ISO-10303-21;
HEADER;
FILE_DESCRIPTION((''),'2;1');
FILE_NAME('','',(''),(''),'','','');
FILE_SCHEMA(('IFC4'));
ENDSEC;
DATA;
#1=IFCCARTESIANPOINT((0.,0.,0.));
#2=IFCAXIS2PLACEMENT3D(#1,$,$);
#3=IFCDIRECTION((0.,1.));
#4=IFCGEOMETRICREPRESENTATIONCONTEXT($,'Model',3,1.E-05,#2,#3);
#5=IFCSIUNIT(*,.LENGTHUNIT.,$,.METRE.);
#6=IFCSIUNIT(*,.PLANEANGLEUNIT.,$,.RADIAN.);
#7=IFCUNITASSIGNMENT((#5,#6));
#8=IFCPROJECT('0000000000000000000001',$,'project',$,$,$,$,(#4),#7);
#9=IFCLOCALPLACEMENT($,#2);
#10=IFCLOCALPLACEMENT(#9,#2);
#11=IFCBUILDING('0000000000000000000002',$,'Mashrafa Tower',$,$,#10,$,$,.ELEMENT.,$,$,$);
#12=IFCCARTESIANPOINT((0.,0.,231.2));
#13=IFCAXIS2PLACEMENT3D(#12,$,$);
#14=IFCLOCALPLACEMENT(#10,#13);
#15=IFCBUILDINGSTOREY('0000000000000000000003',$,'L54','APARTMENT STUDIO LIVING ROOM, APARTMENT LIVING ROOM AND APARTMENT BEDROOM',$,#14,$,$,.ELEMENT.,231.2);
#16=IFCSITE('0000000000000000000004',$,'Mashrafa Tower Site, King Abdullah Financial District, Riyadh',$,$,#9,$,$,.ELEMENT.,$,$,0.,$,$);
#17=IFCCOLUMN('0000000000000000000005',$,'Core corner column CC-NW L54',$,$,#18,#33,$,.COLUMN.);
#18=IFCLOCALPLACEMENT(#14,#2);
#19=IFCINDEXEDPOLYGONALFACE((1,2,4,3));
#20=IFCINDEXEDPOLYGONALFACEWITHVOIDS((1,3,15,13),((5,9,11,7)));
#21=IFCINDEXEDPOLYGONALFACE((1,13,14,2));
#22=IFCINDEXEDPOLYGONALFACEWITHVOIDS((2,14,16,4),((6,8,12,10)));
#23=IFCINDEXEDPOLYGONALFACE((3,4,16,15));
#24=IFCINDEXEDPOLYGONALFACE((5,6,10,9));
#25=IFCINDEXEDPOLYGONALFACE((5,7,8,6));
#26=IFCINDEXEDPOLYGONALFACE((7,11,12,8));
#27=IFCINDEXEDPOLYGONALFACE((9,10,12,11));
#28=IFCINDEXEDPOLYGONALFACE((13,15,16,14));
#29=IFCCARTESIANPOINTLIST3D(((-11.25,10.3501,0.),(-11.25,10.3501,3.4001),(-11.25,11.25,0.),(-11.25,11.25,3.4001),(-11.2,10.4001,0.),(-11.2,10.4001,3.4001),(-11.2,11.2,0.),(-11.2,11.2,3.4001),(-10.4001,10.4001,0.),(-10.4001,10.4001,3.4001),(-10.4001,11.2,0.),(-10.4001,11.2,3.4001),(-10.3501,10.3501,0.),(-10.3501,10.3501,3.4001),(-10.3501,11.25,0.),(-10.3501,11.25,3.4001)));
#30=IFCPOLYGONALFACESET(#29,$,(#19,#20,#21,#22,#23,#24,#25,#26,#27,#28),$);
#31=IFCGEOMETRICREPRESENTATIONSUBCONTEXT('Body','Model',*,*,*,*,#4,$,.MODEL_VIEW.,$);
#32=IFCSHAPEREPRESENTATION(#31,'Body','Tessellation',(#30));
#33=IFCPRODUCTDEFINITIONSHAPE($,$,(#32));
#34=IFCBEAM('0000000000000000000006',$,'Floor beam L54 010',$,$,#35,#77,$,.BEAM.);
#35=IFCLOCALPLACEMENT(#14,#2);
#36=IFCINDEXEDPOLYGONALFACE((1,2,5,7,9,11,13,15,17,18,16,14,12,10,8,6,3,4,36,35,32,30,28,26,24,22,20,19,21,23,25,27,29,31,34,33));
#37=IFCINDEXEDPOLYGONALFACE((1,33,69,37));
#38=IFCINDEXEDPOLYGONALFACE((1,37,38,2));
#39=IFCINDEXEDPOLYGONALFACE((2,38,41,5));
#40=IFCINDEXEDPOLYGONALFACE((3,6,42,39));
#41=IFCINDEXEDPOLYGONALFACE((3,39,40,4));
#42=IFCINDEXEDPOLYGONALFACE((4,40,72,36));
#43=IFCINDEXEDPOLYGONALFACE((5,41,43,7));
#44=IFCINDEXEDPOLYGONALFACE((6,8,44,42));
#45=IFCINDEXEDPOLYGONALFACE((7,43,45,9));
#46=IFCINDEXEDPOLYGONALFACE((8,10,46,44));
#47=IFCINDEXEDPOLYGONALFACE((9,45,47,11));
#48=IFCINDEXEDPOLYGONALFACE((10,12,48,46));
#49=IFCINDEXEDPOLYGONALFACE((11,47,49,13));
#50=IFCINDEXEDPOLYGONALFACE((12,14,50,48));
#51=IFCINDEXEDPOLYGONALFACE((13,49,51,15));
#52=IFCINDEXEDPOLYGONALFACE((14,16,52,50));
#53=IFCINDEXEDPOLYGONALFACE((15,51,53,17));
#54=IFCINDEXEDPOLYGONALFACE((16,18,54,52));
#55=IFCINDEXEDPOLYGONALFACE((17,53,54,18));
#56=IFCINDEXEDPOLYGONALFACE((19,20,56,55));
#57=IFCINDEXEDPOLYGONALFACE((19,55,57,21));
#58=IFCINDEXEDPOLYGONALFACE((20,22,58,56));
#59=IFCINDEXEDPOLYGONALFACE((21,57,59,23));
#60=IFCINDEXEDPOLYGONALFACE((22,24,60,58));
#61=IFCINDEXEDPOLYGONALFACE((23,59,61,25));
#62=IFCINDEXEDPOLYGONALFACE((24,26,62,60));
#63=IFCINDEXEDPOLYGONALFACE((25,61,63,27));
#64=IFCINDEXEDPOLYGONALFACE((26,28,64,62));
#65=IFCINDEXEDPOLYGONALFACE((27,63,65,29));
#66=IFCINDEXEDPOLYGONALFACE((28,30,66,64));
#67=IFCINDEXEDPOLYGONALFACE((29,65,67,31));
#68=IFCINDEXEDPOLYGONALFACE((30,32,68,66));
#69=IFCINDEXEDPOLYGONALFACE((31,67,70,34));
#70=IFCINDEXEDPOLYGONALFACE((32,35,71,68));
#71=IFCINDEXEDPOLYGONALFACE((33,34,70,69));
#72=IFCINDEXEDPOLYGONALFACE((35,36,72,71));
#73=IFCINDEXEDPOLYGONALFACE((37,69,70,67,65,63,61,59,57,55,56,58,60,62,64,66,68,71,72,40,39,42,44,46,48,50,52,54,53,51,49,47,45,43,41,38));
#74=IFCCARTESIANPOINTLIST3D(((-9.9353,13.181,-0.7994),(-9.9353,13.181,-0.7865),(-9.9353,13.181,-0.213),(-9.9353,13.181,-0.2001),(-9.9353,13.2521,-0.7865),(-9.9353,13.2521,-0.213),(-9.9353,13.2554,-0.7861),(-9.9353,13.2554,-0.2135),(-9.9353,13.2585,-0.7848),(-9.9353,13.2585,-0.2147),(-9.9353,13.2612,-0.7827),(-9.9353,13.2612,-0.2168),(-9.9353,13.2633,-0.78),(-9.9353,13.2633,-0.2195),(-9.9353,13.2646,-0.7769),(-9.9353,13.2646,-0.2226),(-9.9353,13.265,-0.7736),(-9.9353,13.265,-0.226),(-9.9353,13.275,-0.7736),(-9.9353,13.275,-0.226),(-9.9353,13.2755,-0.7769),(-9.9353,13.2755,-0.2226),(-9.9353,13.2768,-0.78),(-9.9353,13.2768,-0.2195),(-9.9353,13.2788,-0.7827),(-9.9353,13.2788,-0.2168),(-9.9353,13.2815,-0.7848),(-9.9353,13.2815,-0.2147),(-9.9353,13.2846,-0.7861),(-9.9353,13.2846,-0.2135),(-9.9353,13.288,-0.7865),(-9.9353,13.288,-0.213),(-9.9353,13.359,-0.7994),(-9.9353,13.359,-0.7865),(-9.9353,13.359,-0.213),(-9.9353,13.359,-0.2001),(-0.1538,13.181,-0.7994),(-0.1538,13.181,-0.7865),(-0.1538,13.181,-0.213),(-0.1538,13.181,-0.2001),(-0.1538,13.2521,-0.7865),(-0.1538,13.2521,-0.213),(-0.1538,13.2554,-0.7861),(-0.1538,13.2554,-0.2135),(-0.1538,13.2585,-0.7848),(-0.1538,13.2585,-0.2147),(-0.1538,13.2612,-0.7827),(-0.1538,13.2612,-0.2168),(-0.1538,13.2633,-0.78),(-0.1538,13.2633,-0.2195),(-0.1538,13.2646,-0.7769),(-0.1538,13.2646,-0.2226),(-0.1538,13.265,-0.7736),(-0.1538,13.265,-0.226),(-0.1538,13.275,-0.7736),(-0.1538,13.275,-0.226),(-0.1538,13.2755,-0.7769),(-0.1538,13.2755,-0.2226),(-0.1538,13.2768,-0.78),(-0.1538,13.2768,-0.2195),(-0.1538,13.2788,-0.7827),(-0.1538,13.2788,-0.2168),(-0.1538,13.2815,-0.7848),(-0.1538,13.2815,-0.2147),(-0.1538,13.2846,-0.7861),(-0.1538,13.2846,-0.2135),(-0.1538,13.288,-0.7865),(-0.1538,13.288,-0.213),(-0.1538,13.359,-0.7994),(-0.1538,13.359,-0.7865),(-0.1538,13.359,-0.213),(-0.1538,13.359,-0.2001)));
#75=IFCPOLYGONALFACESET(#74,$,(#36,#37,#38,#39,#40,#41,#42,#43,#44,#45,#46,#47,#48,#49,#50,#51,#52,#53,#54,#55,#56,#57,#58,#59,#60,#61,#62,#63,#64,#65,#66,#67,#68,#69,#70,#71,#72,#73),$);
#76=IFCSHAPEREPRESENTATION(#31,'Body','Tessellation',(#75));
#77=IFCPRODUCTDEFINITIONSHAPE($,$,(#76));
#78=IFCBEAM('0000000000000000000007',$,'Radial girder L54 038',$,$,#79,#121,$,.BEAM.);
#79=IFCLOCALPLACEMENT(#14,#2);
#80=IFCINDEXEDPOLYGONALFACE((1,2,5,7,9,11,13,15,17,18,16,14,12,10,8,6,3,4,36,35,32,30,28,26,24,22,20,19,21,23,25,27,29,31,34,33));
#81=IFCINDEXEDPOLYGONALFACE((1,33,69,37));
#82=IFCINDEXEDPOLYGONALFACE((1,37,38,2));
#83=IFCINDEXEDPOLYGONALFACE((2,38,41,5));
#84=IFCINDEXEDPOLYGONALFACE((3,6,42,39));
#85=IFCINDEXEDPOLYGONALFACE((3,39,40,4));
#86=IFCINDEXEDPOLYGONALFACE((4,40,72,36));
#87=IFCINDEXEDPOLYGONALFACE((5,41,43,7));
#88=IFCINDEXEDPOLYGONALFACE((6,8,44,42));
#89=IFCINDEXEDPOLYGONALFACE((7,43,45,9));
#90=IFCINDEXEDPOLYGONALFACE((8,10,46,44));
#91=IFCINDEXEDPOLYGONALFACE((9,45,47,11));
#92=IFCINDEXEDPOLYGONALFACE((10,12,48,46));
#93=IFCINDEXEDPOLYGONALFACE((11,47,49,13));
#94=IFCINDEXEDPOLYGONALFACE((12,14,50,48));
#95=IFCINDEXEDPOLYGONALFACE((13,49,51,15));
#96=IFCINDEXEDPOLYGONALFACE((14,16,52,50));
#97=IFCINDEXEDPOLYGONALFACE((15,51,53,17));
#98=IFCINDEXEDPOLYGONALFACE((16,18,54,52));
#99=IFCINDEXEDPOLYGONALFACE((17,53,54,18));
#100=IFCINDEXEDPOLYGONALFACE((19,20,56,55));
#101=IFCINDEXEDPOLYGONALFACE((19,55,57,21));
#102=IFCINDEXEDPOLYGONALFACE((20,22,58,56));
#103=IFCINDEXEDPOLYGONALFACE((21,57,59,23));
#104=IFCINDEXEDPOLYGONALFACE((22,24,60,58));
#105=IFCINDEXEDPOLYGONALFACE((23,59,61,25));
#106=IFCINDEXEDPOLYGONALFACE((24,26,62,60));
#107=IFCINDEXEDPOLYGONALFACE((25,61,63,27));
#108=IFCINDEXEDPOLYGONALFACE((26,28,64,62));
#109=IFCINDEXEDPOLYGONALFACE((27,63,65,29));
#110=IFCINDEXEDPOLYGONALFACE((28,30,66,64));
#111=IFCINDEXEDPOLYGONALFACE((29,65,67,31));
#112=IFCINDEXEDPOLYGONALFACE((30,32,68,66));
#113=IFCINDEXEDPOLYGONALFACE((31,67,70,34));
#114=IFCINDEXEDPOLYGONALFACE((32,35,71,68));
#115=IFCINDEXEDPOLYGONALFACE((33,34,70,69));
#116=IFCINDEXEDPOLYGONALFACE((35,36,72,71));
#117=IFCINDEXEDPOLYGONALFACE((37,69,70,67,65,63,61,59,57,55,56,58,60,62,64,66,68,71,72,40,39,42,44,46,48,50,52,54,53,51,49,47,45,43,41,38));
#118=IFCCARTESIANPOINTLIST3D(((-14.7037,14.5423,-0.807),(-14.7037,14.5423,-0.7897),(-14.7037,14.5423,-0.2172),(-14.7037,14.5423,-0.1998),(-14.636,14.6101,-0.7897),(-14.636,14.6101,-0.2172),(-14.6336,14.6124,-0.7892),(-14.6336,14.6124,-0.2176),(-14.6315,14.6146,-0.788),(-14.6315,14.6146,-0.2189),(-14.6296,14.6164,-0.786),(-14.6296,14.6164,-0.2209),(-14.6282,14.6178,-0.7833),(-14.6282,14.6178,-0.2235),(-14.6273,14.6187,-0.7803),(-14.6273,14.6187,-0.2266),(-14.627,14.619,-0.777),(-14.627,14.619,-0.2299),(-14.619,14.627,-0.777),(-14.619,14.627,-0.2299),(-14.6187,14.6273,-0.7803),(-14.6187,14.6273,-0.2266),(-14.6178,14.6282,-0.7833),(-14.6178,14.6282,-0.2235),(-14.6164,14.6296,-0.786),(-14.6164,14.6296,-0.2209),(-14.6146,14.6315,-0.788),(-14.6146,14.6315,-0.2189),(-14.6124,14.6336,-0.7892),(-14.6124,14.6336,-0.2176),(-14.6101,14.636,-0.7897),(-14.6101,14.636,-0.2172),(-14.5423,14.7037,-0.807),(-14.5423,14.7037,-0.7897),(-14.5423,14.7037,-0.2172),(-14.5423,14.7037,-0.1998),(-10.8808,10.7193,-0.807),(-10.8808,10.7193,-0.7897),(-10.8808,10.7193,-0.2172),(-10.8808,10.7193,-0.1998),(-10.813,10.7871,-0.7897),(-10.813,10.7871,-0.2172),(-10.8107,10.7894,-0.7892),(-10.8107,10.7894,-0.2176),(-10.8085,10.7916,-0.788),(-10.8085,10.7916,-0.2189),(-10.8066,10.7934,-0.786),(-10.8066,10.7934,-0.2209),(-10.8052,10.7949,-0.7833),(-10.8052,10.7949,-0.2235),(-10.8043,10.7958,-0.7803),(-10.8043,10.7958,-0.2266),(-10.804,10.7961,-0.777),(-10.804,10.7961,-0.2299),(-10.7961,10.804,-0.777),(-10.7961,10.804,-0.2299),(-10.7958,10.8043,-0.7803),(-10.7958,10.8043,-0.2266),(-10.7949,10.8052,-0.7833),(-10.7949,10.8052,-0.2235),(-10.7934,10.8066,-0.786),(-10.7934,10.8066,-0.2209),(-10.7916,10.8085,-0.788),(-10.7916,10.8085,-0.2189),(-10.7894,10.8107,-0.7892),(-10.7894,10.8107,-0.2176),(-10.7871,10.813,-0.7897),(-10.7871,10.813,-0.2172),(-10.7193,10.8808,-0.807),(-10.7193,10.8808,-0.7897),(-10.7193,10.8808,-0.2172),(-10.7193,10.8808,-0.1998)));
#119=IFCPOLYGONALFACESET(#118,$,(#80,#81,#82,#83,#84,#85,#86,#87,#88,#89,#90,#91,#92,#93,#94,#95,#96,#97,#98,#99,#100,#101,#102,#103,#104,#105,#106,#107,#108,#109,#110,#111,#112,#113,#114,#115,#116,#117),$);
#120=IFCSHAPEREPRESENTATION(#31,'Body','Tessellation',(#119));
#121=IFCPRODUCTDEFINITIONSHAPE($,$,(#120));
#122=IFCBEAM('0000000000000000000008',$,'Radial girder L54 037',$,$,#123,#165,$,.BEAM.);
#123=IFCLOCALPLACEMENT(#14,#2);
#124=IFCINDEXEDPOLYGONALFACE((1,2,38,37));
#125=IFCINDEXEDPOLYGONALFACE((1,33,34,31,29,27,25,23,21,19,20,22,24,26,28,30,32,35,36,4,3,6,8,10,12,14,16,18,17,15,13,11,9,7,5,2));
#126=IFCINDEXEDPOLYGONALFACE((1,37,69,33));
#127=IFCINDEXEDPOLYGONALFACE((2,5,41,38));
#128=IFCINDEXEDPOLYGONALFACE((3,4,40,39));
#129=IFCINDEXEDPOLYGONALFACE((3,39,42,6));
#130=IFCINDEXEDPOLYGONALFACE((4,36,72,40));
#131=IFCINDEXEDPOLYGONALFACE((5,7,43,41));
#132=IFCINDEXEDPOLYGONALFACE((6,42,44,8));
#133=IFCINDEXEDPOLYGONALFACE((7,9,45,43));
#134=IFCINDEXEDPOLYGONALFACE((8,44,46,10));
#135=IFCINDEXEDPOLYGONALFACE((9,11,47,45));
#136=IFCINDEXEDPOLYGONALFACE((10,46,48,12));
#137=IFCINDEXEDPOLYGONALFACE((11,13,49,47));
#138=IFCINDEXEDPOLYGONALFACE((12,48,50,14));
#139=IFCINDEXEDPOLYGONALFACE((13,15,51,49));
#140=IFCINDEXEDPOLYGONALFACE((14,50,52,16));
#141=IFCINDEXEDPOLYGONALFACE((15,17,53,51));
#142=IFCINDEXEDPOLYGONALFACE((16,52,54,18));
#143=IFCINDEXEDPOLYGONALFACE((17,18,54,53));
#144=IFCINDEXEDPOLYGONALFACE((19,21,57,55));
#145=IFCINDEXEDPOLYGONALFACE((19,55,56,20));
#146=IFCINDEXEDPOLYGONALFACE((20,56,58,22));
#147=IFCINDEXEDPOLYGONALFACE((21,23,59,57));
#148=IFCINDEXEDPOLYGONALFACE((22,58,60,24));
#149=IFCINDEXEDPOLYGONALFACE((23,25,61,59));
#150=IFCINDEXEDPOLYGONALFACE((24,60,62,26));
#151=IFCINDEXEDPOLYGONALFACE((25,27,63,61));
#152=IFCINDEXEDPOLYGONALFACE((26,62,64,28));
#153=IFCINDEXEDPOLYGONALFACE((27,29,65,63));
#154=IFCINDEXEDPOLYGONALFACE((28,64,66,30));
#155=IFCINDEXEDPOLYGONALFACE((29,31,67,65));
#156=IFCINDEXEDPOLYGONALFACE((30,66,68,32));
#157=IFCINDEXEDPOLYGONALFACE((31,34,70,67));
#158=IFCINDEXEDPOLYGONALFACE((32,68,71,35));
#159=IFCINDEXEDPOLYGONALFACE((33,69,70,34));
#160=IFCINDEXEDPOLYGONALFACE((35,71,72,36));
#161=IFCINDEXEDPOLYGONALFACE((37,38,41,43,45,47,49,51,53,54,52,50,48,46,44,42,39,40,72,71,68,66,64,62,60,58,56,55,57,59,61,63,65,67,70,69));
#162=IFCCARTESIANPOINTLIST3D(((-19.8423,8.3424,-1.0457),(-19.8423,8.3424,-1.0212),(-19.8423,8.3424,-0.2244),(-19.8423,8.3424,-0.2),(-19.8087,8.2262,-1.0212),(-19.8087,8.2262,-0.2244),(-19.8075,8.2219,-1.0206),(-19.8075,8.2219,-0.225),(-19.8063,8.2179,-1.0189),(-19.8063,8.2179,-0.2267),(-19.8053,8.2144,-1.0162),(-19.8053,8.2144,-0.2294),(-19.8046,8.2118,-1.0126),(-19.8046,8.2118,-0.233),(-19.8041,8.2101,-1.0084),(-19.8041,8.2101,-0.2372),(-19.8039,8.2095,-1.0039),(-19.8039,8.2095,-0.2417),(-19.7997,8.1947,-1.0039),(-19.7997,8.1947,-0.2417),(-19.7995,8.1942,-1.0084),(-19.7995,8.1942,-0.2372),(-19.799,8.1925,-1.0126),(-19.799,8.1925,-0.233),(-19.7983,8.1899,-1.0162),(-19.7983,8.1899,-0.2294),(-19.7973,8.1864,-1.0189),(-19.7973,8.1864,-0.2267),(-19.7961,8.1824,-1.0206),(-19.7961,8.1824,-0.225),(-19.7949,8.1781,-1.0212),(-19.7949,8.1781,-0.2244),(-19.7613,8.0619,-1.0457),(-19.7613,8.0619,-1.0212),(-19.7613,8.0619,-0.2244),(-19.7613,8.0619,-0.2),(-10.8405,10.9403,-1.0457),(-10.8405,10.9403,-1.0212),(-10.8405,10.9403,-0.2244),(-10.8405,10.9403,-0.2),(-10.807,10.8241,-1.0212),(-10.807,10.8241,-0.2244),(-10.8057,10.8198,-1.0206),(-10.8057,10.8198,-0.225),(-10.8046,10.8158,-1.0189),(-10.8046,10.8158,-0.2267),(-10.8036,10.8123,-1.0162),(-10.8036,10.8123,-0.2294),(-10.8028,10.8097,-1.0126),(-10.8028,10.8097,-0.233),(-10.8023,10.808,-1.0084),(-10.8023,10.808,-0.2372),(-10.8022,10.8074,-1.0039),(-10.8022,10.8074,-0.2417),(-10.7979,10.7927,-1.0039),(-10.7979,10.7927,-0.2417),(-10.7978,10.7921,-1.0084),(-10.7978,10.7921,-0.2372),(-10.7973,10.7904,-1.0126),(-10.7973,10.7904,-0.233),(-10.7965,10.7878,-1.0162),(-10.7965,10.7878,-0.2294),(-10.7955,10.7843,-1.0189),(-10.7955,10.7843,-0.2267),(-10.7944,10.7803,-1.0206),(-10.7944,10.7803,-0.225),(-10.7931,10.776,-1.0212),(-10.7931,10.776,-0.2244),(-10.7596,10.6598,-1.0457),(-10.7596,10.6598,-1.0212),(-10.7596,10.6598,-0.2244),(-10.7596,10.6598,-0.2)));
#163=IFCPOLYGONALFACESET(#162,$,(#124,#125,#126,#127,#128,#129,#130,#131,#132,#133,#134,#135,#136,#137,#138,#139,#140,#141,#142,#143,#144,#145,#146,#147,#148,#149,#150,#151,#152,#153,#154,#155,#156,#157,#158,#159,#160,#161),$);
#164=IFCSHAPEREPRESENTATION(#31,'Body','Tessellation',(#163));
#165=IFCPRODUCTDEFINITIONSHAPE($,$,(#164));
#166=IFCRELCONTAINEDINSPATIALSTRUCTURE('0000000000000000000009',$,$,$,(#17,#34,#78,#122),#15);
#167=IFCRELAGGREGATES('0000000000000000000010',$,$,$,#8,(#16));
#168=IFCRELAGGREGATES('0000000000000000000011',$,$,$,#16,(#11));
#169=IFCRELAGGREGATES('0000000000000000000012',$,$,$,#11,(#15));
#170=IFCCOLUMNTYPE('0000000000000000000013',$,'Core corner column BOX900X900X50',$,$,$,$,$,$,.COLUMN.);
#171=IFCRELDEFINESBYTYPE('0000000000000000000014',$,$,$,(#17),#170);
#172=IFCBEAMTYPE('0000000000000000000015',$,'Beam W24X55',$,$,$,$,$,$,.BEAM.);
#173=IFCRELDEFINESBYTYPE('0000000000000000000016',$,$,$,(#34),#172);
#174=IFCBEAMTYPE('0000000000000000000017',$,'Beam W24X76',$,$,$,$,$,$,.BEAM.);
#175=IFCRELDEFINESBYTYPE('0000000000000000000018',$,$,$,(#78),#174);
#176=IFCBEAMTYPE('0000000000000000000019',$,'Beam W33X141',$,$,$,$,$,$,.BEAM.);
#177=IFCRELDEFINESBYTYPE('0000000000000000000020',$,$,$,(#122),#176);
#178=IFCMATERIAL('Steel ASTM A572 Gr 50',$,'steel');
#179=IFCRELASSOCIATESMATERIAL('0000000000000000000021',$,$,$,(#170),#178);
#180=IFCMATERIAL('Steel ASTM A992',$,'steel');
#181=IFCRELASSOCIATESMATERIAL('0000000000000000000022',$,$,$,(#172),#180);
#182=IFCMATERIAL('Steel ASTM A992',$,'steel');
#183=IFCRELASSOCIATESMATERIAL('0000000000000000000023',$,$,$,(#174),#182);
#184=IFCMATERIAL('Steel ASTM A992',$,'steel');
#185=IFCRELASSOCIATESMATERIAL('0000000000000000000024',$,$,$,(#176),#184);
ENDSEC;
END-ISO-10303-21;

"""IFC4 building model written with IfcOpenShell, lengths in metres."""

from ifc_helpers import new_model, si_unit, direction, frame, origin, origin_2d, place, context, subcontext, project, spatial, hollow_rectangle, i_section, extrude, material, material_profile, profile_set, type_object, element, save


model = new_model("IFC4")

# Units and contexts
model_context = context("Model", 3, precision=1e-05, world=origin(), true_north=direction((0.0, 1.0)))
body_context = subcontext(model_context, "Body", "Model", "MODEL_VIEW")
ifc_project = project(units=[si_unit("LENGTHUNIT", "METRE"), si_unit("PLANEANGLEUNIT", "RADIAN")], contexts=[model_context])

# Site, building, storey
site_placement = place(None, origin())
site = spatial("IfcSite", under=ifc_project, at=site_placement, Name="Mashrafa Tower Site, King Abdullah Financial District, Riyadh", CompositionType="ELEMENT", RefElevation=0.0)
building_placement = place(site_placement, origin())
building = spatial("IfcBuilding", under=site, at=building_placement, Name="Mashrafa Tower", CompositionType="ELEMENT")
storey_placement = place(building_placement, frame((0.0, 0.0, 231.2)))
storey = spatial("IfcBuildingStorey", under=building, at=storey_placement, Name="L54", Description="APARTMENT STUDIO LIVING ROOM, APARTMENT LIVING ROOM AND APARTMENT BEDROOM", CompositionType="ELEMENT", Elevation=231.2)

# Column
ifc_material_1 = material(Name="Steel ASTM A572 Gr 50", Category="steel")
ifc_material_profile_1 = material_profile(ifc_material_1, hollow_rectangle(XDim=0.8999, YDim=0.8999, WallThickness=0.05, at=origin_2d()), Name="BOX900X900X50")
ifc_profile_set_1 = profile_set([ifc_material_profile_1], Name="Steel ASTM A572 Gr 50")
column_type = type_object("IfcColumnType", Name="Core corner column BOX900X900X50", PredefinedType="COLUMN", material=ifc_profile_set_1)
column_placement = place(storey_placement, frame((-10.8, 10.8, 0.0), z_axis=(0.0, 0.0, 1.0), x_axis=(1.0, 0.0, 0.0)))
element("IfcColumn", 1, at=column_placement, inside=storey, type_object=column_type, Name="Core corner column CC-NW L54", PredefinedType="COLUMN", context=body_context, shape_type="SweptSolid", body=[
    extrude(hollow_rectangle(XDim=0.8999, YDim=0.8999, WallThickness=0.05, at=origin_2d()), origin(), (0.0, 0.0, 1.0), 3.4001),
])

# Beams
ifc_material_2 = material(Name="Steel ASTM A992", Category="steel")
ifc_material_profile_2 = material_profile(ifc_material_2, i_section(OverallWidth=0.178, OverallDepth=0.5994, WebThickness=0.01, FlangeThickness=0.0129, FilletRadius=0.0129, at=origin_2d()), Name="W24X55")
ifc_profile_set_2 = profile_set([ifc_material_profile_2], Name="Steel ASTM A992")
beam_type_1 = type_object("IfcBeamType", Name="Beam W24X55", PredefinedType="BEAM", material=ifc_profile_set_2)
beam_1_placement = place(storey_placement, frame((-9.9353, 13.27, -0.4998), z_axis=(1.0, 0.0, 0.0), x_axis=(0.0, 1.0, 0.0)))
element("IfcBeam", 2, at=beam_1_placement, inside=storey, type_object=beam_type_1, Name="Floor beam L54 010", PredefinedType="BEAM", context=body_context, shape_type="SweptSolid", body=[
    extrude(i_section(OverallWidth=0.178, OverallDepth=0.5994, WebThickness=0.01, FlangeThickness=0.0129, FilletRadius=0.0129, at=origin_2d()), origin(), (0.0, 0.0, 1.0), 9.7815),
])
ifc_material_3 = material(Name="Steel ASTM A992", Category="steel")
ifc_material_profile_3 = material_profile(ifc_material_3, i_section(OverallWidth=0.2283, OverallDepth=0.6072, WebThickness=0.0112, FlangeThickness=0.0173, FilletRadius=0.0127, at=origin_2d()), Name="W24X76")
ifc_profile_set_3 = profile_set([ifc_material_profile_3], Name="Steel ASTM A992")
beam_type_2 = type_object("IfcBeamType", Name="Beam W24X76", PredefinedType="BEAM", material=ifc_profile_set_3)
beam_2_placement = place(storey_placement, frame((-10.8, 10.8, -0.5034), z_axis=(-0.707107, 0.707107, 0.0), x_axis=(-0.707107, -0.707107, 0.0)))
element("IfcBeam", 3, at=beam_2_placement, inside=storey, type_object=beam_type_2, Name="Radial girder L54 038", PredefinedType="BEAM", context=body_context, shape_type="SweptSolid", body=[
    extrude(i_section(OverallWidth=0.2283, OverallDepth=0.6072, WebThickness=0.0112, FlangeThickness=0.0173, FilletRadius=0.0127, at=origin_2d()), origin(), (0.0, 0.0, 1.0), 5.4065),
])
ifc_material_4 = material(Name="Steel ASTM A992", Category="steel")
ifc_material_profile_4 = material_profile(ifc_material_4, i_section(OverallWidth=0.292, OverallDepth=0.8457, WebThickness=0.0154, FlangeThickness=0.0244, FilletRadius=0.0173, at=origin_2d()), Name="W33X141")
ifc_profile_set_4 = profile_set([ifc_material_profile_4], Name="Steel ASTM A992")
beam_type_3 = type_object("IfcBeamType", Name="Beam W33X141", PredefinedType="BEAM", material=ifc_profile_set_4)
for number, where, z_axis, x_axis, name in (
    (4, (-10.8, 10.8, -0.6228), (-0.960788, -0.277284, 0.0), (0.277284, -0.960788, 0.0), "Radial girder L54 037"),
):
    element("IfcBeam", number, at=place(storey_placement, frame(where, z_axis=z_axis, x_axis=x_axis)), inside=storey, type_object=beam_type_3, Name=name, PredefinedType="BEAM", context=body_context, shape_type="SweptSolid", body=[
        extrude(i_section(OverallWidth=0.292, OverallDepth=0.8457, WebThickness=0.0154, FlangeThickness=0.0244, FilletRadius=0.0173, at=origin_2d()), origin(), (0.0, 0.0, 1.0), 9.3691),
    ])

save(model, "model.ifc")
